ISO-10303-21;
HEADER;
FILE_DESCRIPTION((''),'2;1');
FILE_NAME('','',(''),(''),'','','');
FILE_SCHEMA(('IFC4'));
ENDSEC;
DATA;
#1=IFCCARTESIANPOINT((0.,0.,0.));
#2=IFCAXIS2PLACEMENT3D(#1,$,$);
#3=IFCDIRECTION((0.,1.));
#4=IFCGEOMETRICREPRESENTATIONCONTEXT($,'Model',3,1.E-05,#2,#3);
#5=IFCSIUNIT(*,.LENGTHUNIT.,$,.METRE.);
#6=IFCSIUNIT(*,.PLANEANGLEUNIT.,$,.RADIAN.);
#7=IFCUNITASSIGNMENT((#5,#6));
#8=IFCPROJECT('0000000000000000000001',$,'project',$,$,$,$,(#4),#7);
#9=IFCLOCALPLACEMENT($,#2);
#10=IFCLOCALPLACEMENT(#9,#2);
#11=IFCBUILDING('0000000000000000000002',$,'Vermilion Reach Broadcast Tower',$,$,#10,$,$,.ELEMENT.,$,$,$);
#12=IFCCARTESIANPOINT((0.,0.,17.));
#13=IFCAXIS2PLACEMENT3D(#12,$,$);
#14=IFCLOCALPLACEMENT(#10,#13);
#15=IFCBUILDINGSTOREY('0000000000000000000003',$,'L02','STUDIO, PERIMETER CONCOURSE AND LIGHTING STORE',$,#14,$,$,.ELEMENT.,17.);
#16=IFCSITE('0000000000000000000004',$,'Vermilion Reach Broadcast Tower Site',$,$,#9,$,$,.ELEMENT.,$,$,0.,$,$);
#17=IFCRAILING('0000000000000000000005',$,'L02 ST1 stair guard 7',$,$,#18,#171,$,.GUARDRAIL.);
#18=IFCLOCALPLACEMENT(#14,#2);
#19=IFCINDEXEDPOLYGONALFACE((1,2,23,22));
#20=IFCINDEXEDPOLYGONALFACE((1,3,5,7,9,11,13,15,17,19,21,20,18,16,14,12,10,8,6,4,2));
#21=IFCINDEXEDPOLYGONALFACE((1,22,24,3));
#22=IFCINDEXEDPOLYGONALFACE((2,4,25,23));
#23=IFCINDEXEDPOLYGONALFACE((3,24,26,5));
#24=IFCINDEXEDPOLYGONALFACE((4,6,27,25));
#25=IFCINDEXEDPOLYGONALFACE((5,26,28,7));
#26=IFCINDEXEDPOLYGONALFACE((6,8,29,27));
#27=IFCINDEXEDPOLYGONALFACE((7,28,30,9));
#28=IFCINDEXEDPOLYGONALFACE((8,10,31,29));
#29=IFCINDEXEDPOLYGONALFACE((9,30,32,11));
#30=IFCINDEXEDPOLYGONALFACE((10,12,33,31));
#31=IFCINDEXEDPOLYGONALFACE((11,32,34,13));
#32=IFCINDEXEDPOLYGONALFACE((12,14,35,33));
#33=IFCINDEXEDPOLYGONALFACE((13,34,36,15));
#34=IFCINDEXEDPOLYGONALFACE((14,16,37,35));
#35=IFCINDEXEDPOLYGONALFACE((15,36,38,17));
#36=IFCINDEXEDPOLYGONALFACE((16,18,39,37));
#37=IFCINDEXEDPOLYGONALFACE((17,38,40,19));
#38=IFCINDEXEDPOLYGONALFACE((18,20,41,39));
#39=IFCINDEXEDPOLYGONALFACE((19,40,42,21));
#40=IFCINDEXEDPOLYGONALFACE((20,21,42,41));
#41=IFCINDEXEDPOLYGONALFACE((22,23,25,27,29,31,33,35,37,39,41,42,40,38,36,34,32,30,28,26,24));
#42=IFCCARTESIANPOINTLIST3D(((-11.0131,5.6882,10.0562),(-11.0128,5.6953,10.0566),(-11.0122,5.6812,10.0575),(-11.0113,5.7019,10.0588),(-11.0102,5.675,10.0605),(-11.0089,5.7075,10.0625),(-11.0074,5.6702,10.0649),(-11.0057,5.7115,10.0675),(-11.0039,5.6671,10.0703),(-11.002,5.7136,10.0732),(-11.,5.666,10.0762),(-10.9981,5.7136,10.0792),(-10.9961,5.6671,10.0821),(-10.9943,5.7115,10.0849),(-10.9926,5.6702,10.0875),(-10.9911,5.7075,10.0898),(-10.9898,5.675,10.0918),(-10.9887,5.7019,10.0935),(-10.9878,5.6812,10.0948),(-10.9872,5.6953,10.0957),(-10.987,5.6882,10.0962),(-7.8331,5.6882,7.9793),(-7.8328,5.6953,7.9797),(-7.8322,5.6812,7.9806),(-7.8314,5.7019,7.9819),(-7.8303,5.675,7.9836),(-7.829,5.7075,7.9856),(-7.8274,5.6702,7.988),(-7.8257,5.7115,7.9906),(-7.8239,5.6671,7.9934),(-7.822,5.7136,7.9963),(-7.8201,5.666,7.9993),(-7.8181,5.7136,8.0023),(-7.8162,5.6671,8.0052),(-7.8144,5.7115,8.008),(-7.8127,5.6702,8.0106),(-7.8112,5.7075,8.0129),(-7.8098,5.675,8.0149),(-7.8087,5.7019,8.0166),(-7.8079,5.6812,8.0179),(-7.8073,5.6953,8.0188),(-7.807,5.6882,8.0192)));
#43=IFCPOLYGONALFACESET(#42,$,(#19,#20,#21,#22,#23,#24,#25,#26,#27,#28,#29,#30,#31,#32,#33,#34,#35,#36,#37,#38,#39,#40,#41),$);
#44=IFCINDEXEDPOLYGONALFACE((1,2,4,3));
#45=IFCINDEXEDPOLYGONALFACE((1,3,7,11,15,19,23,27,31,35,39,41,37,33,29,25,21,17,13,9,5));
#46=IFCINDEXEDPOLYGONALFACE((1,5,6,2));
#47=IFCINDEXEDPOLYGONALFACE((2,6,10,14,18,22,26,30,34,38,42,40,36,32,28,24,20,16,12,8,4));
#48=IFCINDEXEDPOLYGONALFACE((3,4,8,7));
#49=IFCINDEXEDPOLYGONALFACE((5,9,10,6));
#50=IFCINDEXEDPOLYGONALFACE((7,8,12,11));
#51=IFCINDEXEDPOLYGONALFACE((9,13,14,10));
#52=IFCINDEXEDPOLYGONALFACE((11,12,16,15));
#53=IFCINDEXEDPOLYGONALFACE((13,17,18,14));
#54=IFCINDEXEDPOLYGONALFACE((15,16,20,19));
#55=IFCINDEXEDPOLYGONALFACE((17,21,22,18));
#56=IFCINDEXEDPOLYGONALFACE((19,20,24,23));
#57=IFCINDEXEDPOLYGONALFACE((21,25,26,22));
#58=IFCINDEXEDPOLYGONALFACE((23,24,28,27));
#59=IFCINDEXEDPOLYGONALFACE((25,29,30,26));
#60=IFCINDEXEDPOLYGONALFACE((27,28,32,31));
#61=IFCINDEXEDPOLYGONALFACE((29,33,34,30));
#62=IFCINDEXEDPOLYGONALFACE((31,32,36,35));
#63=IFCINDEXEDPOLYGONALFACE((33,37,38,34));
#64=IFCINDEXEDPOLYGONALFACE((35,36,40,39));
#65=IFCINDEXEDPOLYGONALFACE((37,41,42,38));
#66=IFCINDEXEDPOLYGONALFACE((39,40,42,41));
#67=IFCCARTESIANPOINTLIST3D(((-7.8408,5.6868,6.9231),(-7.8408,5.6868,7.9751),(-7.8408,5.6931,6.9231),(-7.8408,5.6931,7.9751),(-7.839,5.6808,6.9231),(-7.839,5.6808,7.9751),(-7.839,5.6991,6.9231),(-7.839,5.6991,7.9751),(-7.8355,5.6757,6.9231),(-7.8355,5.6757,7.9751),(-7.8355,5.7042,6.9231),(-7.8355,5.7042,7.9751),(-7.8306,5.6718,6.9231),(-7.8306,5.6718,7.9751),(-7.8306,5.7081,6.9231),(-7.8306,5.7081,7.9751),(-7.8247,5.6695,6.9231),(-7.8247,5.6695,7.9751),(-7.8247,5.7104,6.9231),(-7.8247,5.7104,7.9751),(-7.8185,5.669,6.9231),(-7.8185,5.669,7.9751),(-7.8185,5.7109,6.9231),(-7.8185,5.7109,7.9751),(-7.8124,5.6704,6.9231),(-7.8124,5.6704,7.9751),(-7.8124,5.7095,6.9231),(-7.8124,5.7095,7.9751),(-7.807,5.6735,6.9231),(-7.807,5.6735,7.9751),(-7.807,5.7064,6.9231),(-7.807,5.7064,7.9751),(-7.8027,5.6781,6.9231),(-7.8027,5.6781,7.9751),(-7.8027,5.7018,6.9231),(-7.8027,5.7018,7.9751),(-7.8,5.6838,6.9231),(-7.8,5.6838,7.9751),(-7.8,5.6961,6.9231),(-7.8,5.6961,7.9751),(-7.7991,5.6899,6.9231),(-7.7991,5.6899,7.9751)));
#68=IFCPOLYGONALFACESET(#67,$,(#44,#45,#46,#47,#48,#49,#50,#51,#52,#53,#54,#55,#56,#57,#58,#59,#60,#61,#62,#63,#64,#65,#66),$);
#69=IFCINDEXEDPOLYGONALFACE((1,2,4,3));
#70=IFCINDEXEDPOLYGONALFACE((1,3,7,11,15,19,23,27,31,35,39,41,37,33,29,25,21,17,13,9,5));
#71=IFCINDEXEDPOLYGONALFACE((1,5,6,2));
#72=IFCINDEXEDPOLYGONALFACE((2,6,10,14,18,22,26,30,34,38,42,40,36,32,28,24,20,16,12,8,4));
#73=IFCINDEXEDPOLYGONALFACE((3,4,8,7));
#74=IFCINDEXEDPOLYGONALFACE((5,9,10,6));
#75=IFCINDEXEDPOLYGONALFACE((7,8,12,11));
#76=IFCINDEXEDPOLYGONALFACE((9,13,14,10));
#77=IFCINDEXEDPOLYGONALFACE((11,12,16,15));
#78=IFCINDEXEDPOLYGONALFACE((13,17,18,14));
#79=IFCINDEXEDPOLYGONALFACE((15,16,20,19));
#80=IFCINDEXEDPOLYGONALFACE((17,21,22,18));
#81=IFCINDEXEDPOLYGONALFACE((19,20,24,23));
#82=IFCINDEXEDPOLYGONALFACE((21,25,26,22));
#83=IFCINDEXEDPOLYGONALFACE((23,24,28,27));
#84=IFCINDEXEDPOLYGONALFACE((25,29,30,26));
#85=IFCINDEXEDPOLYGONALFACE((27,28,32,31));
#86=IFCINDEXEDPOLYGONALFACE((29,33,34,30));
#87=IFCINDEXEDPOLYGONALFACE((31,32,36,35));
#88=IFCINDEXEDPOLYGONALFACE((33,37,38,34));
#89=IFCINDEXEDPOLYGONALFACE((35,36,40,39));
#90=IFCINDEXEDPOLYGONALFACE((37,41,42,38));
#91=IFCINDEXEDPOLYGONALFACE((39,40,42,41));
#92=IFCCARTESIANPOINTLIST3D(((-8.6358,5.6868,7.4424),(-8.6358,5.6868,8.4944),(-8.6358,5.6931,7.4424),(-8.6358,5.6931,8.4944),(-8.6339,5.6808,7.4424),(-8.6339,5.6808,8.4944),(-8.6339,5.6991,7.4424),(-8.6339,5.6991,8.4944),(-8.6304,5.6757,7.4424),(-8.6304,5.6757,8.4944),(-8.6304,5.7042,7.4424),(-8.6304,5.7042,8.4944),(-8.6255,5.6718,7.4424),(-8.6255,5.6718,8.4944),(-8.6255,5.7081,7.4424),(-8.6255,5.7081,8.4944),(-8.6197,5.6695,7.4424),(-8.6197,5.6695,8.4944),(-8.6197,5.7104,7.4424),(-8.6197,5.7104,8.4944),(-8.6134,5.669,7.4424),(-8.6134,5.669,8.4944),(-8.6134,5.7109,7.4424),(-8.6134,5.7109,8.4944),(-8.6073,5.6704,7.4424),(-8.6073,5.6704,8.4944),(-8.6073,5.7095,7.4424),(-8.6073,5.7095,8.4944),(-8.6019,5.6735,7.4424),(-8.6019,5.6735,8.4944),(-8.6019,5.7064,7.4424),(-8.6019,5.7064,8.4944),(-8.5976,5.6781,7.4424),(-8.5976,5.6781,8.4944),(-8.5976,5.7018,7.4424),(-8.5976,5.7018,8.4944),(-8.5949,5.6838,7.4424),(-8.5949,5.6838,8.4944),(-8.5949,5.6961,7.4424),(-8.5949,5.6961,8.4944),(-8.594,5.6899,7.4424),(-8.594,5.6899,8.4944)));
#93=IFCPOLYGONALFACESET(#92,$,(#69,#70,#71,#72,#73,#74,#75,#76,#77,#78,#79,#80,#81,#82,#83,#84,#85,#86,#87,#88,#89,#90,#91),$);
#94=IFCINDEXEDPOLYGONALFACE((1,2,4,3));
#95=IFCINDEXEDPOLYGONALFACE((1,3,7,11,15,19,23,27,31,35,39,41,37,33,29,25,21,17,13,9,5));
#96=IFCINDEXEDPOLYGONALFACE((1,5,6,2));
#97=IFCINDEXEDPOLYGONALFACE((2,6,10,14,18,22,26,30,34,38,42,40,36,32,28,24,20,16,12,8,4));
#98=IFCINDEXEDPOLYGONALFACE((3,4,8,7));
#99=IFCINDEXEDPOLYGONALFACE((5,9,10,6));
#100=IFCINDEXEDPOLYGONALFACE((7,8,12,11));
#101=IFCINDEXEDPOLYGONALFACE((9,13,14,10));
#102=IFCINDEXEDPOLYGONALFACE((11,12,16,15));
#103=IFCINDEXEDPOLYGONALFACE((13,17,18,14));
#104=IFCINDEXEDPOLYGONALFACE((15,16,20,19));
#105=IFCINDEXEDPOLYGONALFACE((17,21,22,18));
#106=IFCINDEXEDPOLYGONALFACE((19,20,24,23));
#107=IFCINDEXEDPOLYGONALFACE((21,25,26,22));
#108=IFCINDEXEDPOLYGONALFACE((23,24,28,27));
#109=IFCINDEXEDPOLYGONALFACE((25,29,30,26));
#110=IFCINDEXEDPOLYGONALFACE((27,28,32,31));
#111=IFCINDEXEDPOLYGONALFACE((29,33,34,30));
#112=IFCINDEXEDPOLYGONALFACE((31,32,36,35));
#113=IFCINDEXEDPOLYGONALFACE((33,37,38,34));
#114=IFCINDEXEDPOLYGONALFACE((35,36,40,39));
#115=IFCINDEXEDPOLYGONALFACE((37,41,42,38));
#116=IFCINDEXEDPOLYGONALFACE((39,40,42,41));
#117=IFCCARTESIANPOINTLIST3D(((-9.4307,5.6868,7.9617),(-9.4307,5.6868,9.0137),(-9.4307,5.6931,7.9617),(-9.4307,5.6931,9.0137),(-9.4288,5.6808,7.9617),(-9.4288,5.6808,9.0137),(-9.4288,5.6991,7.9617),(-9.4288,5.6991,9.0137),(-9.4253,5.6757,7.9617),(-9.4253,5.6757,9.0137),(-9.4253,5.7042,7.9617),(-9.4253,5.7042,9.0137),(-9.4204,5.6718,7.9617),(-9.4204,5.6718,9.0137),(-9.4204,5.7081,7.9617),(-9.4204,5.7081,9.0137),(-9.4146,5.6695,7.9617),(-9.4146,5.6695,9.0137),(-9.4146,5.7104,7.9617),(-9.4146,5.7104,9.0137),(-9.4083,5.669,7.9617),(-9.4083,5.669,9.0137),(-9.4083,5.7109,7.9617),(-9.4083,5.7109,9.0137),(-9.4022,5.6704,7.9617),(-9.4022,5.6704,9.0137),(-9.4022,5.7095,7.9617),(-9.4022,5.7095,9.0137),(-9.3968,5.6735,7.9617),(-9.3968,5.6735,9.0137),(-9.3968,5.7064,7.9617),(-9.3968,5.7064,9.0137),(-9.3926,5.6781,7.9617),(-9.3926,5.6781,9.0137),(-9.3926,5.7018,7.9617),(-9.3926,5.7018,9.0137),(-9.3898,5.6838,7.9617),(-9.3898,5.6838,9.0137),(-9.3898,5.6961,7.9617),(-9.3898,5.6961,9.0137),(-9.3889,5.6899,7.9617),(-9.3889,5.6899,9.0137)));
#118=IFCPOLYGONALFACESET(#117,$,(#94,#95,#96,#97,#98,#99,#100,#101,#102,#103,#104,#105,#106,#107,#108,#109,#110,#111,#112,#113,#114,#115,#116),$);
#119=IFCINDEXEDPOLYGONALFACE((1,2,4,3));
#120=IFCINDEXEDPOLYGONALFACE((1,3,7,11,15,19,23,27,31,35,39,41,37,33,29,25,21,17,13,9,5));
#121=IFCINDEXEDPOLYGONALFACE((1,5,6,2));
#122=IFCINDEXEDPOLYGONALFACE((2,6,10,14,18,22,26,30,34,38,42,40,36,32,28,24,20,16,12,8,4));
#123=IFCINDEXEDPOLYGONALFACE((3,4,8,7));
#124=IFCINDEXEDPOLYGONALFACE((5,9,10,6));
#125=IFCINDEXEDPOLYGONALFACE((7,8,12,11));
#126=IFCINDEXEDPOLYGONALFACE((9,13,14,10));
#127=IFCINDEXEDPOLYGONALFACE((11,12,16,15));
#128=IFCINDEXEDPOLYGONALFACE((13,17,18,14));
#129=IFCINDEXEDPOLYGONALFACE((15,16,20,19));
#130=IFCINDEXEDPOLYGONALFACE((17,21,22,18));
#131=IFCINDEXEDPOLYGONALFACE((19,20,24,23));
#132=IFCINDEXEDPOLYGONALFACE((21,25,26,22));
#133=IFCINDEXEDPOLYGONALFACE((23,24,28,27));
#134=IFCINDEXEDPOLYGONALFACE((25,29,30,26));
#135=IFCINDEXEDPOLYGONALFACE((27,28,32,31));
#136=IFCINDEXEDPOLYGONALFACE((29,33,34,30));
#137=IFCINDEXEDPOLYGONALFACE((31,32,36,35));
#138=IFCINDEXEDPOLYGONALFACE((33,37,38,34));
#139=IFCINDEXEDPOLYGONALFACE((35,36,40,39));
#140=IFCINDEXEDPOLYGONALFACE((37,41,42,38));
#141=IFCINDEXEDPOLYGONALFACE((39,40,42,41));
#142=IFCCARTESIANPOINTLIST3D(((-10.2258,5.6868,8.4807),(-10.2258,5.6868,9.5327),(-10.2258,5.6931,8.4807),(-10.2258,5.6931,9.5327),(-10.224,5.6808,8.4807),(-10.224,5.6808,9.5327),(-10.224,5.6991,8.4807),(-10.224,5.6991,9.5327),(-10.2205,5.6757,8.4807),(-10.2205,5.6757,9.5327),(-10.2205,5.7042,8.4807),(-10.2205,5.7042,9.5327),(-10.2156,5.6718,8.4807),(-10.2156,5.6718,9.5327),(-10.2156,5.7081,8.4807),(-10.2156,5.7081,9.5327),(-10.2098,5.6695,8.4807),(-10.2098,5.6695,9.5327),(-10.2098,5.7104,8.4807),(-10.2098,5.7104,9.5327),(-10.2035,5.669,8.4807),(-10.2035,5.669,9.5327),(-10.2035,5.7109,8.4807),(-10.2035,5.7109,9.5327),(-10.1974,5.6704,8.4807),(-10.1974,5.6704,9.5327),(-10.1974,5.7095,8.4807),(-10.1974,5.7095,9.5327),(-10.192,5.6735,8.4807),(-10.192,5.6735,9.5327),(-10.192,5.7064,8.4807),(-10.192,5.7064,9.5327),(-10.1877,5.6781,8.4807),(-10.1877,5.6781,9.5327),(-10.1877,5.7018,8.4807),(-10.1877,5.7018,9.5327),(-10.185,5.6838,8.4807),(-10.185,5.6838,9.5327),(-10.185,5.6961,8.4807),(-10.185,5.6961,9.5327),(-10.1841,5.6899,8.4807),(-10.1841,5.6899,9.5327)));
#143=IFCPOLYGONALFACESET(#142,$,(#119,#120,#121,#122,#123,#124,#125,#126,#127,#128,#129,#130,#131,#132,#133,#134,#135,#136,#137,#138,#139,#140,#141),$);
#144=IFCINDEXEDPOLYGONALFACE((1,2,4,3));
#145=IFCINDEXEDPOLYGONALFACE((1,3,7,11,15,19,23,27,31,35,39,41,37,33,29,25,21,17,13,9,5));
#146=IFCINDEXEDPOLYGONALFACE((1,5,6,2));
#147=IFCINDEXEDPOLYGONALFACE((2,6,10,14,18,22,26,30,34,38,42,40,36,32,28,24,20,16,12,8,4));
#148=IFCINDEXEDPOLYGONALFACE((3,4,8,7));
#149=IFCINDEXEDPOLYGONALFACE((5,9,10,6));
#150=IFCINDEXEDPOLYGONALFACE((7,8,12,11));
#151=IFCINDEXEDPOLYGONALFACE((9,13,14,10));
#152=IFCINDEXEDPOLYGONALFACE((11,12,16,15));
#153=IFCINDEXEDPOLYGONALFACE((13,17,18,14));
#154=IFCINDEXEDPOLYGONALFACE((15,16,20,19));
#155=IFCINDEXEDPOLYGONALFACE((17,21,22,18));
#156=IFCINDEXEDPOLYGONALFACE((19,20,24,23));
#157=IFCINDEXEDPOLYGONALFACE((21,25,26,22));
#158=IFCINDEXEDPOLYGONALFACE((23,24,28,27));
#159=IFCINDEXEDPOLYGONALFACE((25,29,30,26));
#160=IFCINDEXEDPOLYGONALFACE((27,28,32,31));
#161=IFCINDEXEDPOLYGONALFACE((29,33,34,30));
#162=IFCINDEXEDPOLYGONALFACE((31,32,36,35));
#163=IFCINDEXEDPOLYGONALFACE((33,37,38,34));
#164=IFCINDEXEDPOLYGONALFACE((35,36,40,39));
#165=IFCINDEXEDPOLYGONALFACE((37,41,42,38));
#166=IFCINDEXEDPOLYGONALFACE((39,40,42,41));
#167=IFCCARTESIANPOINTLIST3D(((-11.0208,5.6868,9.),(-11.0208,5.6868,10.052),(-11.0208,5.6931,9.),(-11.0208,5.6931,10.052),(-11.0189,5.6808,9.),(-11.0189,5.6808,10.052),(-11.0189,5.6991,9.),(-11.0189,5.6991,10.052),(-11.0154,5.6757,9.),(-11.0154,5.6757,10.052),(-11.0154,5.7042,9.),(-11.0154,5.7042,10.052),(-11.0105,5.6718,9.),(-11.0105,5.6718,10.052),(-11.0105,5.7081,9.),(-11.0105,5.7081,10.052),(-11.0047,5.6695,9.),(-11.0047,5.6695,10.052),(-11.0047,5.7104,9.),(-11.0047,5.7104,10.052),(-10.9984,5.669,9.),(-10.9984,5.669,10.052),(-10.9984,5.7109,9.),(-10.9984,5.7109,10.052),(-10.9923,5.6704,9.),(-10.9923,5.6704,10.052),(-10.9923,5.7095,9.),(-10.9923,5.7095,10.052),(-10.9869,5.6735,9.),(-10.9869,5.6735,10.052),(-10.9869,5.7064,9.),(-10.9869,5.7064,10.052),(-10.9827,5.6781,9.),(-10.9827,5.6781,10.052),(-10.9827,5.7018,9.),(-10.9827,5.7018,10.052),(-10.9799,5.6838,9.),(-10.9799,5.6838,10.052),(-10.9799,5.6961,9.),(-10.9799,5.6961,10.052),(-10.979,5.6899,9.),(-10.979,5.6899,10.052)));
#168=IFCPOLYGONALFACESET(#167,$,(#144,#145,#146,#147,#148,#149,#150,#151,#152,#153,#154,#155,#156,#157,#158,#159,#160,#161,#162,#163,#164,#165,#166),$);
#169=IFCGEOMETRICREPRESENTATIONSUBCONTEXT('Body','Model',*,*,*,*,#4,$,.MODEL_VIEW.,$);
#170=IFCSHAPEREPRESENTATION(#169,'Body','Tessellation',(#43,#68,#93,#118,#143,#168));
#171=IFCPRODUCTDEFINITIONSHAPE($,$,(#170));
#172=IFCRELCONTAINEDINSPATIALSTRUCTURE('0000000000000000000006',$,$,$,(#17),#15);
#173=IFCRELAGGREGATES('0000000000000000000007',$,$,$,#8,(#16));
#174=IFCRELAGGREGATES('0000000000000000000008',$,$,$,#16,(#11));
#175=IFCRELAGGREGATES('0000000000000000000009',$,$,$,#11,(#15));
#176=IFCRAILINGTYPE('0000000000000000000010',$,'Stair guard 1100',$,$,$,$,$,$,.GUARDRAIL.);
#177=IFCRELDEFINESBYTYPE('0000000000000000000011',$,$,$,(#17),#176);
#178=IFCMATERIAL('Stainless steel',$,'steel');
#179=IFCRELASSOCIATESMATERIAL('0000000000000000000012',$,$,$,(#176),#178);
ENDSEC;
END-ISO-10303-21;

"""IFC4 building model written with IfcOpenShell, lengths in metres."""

from ifc_helpers import new_model, si_unit, direction, frame, origin, origin_2d, place, context, subcontext, project, spatial, circle, extrude, material, type_object, element, save


model = new_model("IFC4")

# Units and contexts
model_context = context("Model", 3, precision=1e-05, world=origin(), true_north=direction((0.0, 1.0)))
body_context = subcontext(model_context, "Body", "Model", "MODEL_VIEW")
ifc_project = project(units=[si_unit("LENGTHUNIT", "METRE"), si_unit("PLANEANGLEUNIT", "RADIAN")], contexts=[model_context])

# Site, building, storey
site_placement = place(None, origin())
site = spatial("IfcSite", under=ifc_project, at=site_placement, Name="Vermilion Reach Broadcast Tower Site", CompositionType="ELEMENT", RefElevation=0.0)
building_placement = place(site_placement, origin())
building = spatial("IfcBuilding", under=site, at=building_placement, Name="Vermilion Reach Broadcast Tower", CompositionType="ELEMENT")
storey_placement = place(building_placement, frame((0.0, 0.0, 17.0)))
storey = spatial("IfcBuildingStorey", under=building, at=storey_placement, Name="L02", Description="STUDIO, PERIMETER CONCOURSE AND LIGHTING STORE", CompositionType="ELEMENT", Elevation=17.0)

# Railing
ifc_material_1 = material(Name="Stainless steel", Category="steel")
railing_type_1 = type_object("IfcRailingType", Name="Stair guard 1100", PredefinedType="GUARDRAIL", material=ifc_material_1)
for number, where, name in (
    (1, (-7.8201, 5.6899, 6.9231), "L02 ST1 stair guard 7"),
):
    element("IfcRailing", number, at=place(storey_placement, frame(where)), inside=storey, type_object=railing_type_1, Name=name, PredefinedType="GUARDRAIL", context=body_context, shape_type="SweptSolid", body=[
        extrude(circle(Radius=0.0239, at=origin_2d()), frame((0.0, 0.0, 1.0762), z_axis=(-0.837245, 0.0, 0.546828), x_axis=(0.0, -1.0, 0.0)), (0.0, 0.0, 1.0), 3.7981),
        extrude(circle(Radius=0.021, at=origin_2d()), origin(), (0.0, 0.0, 1.0), 1.052),
        extrude(circle(Radius=0.021, at=origin_2d()), frame((-0.7949, 0.0, 0.5193)), (0.0, 0.0, 1.0), 1.052),
        extrude(circle(Radius=0.021, at=origin_2d()), frame((-1.5898, 0.0, 1.0386)), (0.0, 0.0, 1.0), 1.052),
        extrude(circle(Radius=0.021, at=origin_2d()), frame((-2.385, 0.0, 1.5576)), (0.0, 0.0, 1.0), 1.052),
        extrude(circle(Radius=0.021, at=origin_2d()), frame((-3.1799, 0.0, 2.0769)), (0.0, 0.0, 1.0), 1.052),
    ])

save(model, "model.ifc")
